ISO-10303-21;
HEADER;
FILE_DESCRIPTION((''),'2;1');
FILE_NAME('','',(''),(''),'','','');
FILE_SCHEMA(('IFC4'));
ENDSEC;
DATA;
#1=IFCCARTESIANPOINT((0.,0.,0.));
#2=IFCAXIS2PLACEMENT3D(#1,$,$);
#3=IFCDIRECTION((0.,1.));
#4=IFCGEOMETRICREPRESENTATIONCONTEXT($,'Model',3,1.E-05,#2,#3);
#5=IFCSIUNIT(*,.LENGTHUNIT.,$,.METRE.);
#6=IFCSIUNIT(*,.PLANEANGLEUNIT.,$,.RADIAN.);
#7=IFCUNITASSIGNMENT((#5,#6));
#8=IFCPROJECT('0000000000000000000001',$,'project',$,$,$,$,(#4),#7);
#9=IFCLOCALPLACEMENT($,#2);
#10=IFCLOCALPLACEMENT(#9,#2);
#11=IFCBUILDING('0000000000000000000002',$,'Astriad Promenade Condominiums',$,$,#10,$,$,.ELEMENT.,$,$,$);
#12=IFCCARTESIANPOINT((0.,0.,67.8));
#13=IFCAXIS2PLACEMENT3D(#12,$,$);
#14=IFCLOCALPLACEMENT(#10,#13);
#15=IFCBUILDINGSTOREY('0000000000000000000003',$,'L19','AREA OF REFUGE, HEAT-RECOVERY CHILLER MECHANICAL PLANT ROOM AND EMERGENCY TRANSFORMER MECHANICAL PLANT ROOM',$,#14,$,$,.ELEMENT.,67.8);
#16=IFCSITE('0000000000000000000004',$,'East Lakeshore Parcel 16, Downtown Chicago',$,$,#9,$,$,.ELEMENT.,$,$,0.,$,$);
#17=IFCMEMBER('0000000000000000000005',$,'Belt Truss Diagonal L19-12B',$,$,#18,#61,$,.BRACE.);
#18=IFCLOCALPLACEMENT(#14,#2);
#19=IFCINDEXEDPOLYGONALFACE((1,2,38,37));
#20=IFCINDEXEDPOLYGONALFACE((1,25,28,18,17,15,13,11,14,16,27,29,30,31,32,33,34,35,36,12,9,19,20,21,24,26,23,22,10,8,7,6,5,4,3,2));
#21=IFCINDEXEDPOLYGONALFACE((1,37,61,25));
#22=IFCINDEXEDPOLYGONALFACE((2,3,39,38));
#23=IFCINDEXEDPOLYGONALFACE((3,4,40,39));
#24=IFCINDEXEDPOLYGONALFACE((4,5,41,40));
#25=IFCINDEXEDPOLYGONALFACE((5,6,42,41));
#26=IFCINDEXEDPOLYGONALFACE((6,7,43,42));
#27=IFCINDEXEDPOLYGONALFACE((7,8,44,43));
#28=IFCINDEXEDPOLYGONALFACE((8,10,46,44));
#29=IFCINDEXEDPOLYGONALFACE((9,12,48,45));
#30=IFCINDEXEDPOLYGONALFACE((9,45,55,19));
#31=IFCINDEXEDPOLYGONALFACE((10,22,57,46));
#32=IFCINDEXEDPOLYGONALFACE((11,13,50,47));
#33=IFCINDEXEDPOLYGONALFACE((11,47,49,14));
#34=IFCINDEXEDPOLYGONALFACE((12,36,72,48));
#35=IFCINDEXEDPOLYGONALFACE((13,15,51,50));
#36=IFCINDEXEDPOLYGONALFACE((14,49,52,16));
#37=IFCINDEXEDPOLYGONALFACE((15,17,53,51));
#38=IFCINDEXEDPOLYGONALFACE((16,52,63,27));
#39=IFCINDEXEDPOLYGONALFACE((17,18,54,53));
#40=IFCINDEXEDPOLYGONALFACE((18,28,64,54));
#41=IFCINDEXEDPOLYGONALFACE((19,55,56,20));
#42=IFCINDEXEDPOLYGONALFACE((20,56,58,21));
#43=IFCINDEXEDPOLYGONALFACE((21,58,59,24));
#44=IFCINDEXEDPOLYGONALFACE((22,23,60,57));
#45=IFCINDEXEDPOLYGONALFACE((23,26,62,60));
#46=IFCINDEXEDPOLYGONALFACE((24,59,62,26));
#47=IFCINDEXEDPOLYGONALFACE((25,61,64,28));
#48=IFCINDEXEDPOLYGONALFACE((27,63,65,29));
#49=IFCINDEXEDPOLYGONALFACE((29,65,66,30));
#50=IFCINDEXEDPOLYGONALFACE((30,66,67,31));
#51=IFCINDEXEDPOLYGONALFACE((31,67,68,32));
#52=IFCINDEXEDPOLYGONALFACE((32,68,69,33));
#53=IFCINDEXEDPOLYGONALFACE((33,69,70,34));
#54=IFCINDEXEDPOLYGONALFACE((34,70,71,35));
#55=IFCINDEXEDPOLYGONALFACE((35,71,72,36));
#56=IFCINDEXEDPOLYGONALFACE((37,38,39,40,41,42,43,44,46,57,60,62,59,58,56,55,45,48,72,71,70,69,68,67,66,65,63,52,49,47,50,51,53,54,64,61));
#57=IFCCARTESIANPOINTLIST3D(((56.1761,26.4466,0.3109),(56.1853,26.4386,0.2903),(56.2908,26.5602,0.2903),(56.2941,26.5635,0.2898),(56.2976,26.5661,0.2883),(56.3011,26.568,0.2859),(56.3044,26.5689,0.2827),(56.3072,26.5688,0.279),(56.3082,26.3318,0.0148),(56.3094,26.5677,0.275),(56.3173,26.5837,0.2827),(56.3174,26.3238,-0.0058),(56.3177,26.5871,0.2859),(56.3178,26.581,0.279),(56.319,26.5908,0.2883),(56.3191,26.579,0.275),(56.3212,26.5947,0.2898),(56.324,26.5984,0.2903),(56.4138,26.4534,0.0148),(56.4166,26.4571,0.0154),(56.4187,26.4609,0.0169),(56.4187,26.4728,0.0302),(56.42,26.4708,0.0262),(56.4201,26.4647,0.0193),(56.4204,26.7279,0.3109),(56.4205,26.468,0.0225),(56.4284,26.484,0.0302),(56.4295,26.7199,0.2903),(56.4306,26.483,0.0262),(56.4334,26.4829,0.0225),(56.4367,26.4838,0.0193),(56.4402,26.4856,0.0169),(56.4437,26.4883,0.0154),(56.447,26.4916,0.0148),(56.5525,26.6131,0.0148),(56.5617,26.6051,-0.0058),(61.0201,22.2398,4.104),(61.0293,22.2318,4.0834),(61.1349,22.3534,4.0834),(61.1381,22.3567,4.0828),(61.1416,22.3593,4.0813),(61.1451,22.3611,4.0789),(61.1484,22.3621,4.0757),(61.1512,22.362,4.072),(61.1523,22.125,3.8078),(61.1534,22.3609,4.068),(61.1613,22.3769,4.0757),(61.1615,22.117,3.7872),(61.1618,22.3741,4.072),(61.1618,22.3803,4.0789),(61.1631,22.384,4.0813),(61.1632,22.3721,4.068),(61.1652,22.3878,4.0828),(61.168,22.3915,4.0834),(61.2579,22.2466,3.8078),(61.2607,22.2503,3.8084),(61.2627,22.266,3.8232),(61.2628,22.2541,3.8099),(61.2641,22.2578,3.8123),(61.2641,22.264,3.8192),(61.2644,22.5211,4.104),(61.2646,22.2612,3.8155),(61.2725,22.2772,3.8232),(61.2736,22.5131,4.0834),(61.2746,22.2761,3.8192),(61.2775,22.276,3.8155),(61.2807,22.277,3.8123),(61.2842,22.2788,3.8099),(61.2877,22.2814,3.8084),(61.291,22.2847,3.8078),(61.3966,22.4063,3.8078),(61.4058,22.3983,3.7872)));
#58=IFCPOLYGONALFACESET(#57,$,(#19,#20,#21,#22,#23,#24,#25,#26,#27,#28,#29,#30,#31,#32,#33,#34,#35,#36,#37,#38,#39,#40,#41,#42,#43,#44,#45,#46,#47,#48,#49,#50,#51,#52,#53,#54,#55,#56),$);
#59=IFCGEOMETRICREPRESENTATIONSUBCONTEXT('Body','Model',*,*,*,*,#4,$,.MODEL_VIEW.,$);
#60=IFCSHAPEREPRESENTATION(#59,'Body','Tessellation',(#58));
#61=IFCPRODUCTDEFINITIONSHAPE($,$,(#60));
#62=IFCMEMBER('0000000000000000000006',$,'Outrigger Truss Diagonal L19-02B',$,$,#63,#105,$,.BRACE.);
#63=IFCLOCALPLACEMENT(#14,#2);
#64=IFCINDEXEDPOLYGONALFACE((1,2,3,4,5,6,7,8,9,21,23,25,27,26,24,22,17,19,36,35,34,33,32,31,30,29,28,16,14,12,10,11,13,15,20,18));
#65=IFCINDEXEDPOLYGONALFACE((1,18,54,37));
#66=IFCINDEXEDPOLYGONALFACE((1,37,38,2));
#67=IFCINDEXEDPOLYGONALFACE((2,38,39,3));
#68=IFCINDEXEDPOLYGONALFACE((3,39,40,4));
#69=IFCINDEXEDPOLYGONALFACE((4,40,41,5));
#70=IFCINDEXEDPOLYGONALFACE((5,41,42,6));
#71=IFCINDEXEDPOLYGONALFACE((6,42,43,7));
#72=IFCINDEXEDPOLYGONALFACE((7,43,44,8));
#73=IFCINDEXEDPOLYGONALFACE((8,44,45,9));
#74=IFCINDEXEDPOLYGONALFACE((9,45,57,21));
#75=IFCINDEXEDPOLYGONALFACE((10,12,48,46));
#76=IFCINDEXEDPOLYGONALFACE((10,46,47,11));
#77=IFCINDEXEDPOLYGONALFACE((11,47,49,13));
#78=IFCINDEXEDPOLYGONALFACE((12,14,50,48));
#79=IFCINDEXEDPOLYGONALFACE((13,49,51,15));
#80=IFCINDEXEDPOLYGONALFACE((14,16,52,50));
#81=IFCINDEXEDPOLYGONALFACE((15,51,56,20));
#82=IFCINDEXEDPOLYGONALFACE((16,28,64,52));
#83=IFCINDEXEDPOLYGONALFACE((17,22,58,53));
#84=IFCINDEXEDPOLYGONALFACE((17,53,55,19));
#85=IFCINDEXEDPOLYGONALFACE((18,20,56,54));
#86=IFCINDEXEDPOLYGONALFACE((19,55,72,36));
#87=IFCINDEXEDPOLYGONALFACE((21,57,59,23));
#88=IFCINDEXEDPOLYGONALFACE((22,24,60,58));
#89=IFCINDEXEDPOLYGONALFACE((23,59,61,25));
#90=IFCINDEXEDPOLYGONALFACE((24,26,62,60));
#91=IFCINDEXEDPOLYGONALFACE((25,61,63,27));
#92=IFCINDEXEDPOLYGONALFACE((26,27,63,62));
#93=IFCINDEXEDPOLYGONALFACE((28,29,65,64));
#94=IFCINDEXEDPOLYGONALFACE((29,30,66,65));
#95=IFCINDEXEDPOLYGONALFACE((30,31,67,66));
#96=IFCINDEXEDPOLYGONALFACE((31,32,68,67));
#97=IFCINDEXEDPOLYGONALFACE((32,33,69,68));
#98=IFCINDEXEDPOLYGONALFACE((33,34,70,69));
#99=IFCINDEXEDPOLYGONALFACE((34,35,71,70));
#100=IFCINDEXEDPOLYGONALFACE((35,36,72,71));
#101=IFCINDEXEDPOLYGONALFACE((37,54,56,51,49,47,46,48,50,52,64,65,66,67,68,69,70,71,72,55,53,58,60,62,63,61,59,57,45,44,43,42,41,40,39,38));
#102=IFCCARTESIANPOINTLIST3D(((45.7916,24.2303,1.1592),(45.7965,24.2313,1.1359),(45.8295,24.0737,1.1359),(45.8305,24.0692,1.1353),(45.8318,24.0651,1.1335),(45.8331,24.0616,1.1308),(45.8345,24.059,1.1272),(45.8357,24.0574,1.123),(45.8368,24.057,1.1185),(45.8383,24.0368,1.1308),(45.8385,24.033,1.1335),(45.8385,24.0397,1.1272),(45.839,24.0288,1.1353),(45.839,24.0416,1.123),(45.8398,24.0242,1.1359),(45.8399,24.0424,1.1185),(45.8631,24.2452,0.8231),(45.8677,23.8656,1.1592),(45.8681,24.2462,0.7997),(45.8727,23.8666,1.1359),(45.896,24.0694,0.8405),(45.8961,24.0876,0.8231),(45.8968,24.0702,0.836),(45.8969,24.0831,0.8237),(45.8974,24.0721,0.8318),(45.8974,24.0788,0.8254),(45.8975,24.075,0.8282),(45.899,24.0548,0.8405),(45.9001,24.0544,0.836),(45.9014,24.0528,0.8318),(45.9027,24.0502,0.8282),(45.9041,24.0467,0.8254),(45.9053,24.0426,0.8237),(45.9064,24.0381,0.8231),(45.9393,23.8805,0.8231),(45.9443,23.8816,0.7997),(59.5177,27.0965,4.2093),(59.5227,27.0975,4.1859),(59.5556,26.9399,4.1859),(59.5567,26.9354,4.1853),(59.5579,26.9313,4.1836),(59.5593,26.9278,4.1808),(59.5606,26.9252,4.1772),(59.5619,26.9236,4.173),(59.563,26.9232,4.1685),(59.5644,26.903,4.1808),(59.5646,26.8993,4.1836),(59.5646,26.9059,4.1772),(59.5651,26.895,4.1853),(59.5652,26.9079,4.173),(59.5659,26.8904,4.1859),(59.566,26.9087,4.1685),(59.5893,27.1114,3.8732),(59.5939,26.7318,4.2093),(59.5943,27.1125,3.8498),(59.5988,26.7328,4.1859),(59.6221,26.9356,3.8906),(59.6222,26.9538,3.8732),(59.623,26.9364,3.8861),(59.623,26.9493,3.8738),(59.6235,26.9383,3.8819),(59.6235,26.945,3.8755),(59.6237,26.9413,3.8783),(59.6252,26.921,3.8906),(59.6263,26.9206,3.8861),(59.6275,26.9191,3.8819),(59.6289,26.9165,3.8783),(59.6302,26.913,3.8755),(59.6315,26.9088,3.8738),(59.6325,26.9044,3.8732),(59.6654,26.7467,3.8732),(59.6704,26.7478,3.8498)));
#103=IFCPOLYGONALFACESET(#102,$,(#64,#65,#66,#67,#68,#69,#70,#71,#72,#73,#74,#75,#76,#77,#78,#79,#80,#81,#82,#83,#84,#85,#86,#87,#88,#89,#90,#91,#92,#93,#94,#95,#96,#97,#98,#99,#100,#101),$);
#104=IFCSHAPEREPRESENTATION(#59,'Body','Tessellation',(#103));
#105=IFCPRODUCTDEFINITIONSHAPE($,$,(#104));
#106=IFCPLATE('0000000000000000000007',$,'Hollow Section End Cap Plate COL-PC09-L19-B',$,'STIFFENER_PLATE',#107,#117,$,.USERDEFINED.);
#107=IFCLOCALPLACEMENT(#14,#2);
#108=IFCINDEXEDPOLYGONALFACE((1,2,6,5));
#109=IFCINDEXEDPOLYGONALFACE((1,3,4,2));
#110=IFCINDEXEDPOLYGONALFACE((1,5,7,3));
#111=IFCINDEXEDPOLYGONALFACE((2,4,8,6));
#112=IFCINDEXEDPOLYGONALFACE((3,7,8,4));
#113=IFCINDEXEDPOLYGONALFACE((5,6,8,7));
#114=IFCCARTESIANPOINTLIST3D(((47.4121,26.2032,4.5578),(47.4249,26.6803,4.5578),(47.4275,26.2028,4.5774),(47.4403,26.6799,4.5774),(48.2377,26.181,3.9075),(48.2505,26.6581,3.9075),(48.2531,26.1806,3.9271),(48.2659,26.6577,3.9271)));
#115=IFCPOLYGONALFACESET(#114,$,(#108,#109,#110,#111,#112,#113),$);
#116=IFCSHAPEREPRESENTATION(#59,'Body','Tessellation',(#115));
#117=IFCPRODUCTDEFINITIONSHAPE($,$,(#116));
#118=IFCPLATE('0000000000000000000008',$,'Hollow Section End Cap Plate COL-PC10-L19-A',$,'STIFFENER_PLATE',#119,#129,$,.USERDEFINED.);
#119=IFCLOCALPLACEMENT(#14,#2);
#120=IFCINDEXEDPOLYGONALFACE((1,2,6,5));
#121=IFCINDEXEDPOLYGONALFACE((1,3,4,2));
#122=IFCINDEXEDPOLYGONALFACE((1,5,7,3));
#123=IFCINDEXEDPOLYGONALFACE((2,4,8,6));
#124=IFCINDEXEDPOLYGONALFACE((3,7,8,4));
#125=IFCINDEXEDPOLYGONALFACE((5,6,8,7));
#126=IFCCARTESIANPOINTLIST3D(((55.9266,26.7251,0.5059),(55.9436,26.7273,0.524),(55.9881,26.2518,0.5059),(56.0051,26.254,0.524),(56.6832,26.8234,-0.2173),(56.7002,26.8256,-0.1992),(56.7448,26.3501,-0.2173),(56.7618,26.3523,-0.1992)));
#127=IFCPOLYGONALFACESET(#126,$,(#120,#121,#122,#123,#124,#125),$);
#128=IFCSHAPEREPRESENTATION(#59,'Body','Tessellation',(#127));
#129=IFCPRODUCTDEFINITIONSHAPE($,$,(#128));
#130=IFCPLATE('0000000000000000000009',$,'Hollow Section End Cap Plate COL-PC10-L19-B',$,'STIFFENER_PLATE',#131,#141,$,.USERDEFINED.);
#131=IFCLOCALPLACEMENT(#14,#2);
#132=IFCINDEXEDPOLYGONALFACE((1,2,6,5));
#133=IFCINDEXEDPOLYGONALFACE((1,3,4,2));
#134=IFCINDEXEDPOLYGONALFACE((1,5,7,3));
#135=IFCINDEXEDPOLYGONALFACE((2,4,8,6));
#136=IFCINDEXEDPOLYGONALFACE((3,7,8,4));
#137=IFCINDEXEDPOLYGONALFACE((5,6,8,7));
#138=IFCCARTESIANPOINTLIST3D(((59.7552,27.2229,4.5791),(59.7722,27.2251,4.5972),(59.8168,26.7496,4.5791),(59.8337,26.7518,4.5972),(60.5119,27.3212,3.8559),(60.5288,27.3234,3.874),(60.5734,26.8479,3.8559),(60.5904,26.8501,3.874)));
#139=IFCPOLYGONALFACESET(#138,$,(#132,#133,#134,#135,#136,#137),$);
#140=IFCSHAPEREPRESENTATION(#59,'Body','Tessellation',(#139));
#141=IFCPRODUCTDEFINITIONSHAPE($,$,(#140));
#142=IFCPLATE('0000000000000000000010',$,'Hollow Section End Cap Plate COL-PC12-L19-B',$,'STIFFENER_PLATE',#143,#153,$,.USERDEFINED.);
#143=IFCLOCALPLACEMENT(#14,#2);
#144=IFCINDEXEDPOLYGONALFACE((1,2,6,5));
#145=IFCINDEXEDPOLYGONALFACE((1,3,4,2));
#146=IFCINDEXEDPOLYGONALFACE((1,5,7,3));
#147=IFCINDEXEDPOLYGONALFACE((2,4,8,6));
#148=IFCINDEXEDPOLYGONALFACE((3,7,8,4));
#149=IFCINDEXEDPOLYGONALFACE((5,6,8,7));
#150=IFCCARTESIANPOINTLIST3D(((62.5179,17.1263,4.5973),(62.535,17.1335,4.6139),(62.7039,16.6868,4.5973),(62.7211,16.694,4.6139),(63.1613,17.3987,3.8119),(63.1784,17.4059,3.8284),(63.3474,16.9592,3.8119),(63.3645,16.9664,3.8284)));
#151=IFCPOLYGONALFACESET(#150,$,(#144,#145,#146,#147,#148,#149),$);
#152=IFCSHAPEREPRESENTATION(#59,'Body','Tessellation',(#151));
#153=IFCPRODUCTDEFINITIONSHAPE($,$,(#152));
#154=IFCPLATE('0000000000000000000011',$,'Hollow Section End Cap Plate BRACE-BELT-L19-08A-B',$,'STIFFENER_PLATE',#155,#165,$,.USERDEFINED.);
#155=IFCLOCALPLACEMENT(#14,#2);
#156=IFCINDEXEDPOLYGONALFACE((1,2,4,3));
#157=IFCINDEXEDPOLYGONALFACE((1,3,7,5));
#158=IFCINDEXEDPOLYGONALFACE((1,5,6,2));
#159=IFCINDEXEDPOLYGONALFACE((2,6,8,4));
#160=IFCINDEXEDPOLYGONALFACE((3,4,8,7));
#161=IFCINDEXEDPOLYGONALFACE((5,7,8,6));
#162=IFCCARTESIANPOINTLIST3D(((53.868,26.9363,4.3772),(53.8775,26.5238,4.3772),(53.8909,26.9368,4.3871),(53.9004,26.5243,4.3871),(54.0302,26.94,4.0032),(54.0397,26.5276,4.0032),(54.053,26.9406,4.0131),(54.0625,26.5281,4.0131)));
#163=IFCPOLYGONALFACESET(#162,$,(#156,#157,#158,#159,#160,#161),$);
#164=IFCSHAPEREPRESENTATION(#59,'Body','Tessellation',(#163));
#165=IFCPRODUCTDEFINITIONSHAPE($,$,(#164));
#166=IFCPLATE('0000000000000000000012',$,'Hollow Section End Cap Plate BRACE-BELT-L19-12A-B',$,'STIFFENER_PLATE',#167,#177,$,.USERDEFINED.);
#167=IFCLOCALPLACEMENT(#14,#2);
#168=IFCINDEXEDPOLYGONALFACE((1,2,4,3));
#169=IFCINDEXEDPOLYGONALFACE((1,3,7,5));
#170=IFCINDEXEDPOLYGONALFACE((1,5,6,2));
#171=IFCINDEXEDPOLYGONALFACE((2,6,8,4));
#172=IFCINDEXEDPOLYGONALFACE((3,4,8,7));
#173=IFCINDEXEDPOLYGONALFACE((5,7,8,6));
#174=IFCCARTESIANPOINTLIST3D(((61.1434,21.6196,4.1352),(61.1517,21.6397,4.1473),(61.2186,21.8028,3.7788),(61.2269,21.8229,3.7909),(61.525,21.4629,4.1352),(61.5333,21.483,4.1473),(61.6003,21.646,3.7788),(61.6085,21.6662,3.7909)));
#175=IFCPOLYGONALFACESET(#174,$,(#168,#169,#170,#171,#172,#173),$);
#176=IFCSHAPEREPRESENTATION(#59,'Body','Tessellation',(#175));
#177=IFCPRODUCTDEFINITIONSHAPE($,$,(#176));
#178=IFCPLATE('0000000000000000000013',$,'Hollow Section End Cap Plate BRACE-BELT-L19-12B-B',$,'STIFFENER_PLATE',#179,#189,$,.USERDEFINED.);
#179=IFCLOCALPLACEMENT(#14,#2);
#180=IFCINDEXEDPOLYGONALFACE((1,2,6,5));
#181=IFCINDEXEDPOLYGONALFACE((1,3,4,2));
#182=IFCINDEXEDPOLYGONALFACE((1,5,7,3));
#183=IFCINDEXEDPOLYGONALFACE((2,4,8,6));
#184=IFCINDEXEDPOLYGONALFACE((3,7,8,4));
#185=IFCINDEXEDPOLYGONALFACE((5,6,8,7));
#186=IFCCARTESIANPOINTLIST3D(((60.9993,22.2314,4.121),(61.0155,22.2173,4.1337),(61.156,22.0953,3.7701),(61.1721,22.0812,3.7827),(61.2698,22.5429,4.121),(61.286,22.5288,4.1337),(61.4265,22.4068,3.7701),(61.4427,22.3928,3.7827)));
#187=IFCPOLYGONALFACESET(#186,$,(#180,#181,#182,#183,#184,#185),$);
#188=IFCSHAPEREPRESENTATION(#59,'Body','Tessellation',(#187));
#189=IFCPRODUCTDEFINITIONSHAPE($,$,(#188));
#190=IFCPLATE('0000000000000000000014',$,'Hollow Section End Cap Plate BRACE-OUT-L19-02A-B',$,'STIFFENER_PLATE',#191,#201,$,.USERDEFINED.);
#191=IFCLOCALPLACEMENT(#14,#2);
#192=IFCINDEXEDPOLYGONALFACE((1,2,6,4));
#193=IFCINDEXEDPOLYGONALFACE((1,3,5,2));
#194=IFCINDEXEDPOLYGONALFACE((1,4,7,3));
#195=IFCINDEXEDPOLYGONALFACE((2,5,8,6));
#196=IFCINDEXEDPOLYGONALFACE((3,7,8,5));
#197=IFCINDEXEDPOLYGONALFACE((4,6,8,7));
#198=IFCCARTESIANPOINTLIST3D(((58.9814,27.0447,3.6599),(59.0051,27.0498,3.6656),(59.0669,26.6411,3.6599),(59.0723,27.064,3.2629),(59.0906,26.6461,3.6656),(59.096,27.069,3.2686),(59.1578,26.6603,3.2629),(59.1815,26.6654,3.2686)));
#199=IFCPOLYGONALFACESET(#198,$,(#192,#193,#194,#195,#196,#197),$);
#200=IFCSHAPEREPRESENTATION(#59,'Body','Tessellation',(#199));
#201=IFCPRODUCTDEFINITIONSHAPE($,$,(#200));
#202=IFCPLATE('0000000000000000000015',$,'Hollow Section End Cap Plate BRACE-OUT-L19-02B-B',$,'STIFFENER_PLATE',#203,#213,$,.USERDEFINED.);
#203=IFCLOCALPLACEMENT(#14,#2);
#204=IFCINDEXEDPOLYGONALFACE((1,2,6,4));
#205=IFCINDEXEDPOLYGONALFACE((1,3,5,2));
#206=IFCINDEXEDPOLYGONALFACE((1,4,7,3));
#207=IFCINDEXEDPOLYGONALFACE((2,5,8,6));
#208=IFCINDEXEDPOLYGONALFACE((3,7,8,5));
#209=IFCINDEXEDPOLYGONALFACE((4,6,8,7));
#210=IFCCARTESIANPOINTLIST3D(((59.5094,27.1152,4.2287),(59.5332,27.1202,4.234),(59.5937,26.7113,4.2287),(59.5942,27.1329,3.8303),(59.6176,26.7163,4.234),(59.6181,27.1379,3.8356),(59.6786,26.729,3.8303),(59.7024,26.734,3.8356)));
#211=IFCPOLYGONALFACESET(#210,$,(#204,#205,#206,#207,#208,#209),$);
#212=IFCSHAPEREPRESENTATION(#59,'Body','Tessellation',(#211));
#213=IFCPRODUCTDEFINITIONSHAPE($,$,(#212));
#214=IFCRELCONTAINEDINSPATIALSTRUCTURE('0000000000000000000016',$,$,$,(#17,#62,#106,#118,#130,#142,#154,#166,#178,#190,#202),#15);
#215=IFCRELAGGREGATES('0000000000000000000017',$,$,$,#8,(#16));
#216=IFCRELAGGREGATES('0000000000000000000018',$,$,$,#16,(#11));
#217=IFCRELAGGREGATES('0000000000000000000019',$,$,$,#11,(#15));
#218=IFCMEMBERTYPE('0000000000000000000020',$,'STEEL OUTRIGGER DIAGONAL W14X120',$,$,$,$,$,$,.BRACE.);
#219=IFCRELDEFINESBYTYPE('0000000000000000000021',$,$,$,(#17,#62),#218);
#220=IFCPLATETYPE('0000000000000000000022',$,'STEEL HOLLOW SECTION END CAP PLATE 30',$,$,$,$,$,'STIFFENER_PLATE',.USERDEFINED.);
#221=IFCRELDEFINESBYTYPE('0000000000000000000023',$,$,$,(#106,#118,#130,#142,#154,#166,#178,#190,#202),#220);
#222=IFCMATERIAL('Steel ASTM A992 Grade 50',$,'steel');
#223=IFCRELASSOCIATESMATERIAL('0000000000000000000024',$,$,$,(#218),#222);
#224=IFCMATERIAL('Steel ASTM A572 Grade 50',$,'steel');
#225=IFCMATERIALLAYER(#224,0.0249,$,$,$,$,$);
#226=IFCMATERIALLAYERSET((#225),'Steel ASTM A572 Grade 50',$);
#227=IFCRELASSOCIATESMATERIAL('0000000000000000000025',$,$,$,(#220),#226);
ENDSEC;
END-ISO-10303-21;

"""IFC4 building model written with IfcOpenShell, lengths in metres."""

from ifc_helpers import new_model, si_unit, direction, frame, origin, origin_2d, place, context, subcontext, project, spatial, rectangle, i_section, extrude, source, transform, mapped, material, layer, layer_set, material_profile, profile_set, type_object, type_shapes, element, save


model = new_model("IFC4")

# Units and contexts
model_context = context("Model", 3, precision=1e-05, world=origin(), true_north=direction((0.0, 1.0)))
body_context = subcontext(model_context, "Body", "Model", "MODEL_VIEW")
ifc_project = project(units=[si_unit("LENGTHUNIT", "METRE"), si_unit("PLANEANGLEUNIT", "RADIAN")], contexts=[model_context])

# Site, building, storey
site_placement = place(None, origin())
site = spatial("IfcSite", under=ifc_project, at=site_placement, Name="East Lakeshore Parcel 16, Downtown Chicago", CompositionType="ELEMENT", RefElevation=0.0)
building_placement = place(site_placement, origin())
building = spatial("IfcBuilding", under=site, at=building_placement, Name="Astriad Promenade Condominiums", CompositionType="ELEMENT")
storey_placement = place(building_placement, frame((0.0, 0.0, 67.8)))
storey = spatial("IfcBuildingStorey", under=building, at=storey_placement, Name="L19", Description="AREA OF REFUGE, HEAT-RECOVERY CHILLER MECHANICAL PLANT ROOM AND EMERGENCY TRANSFORMER MECHANICAL PLANT ROOM", CompositionType="ELEMENT", Elevation=67.8)

# Shared definitions
ifc_material_1 = material(Name="Steel ASTM A992 Grade 50", Category="steel")

# Members
ifc_material_profile_1 = material_profile(ifc_material_1, i_section(OverallWidth=0.3726, OverallDepth=0.3679, WebThickness=0.0149, FlangeThickness=0.0239, FilletRadius=0.0178, at=origin_2d()), Name="W14X120")
ifc_profile_set_1 = profile_set([ifc_material_profile_1], Name="Steel ASTM A992 Grade 50")
member_type_1 = type_object("IfcMemberType", Name="STEEL OUTRIGGER DIAGONAL W14X120", PredefinedType="BRACE", material=ifc_profile_set_1)
shared_shape_1 = source(origin(), body_context, "Body", "SweptSolid", [
    extrude(i_section(OverallWidth=0.3726, OverallDepth=0.3679, WebThickness=0.0149, FlangeThickness=0.0239, FilletRadius=0.0178, at=origin_2d()), origin(), (0.0, 0.0, 1.0), 7.4531),
])
member_1_placement = place(storey_placement, frame((56.3689, 26.5259, 0.1526), z_axis=(0.649935, -0.564438, 0.508915), x_axis=(0.655701, 0.755021, 0.0)))
element("IfcMember", 1, at=member_1_placement, inside=storey, type_object=member_type_1, Name="Belt Truss Diagonal L19-12B", PredefinedType="BRACE", context=body_context, shape_type="MappedRepresentation", body=[
    mapped(shared_shape_1, transform((0.0, 0.0, 0.0), scale=1.0)),
])
shared_shape_2 = source(origin(), body_context, "Body", "SweptSolid", [
    extrude(i_section(OverallWidth=0.3726, OverallDepth=0.3679, WebThickness=0.0149, FlangeThickness=0.0239, FilletRadius=0.0178, at=origin_2d()), origin(), (0.0, 0.0, 1.0), 14.3501),
])
member_2_placement = place(storey_placement, frame((45.8679, 24.0559, 0.9795), z_axis=(0.95652, 0.199736, 0.212547), x_axis=(-0.204406, 0.978886, 0.0)))
element("IfcMember", 2, at=member_2_placement, inside=storey, type_object=member_type_1, Name="Outrigger Truss Diagonal L19-02B", PredefinedType="BRACE", context=body_context, shape_type="MappedRepresentation", body=[
    mapped(shared_shape_2, transform((0.0, 0.0, 0.0), scale=1.0)),
])

# Plates
ifc_material_2 = material(Name="Steel ASTM A572 Grade 50", Category="steel")
ifc_layer_1 = layer(ifc_material_2, 0.0249)
ifc_layer_set_1 = layer_set([ifc_layer_1], Name="Steel ASTM A572 Grade 50")
plate_type_1 = type_object("IfcPlateType", Name="STEEL HOLLOW SECTION END CAP PLATE 30", ElementType="STIFFENER_PLATE", PredefinedType="USERDEFINED", material=ifc_layer_set_1)
shared_shape_3 = source(origin(), body_context, "Body", "SweptSolid", [
    extrude(rectangle(XDim=0.4773, YDim=1.0513, at=origin_2d()), origin(), (0.0, 0.0, 1.0), 0.0249),
])
for number, where, z_axis, x_axis, name in (
    (3, (47.8313, 26.4307, 4.2327), (0.618383, -0.016597, 0.785701), (0.02683, 0.99964, 0.0), "Hollow Section End Cap Plate COL-PC09-L19-B"),
    (4, (56.3357, 26.5376, 0.1443), (0.682184, 0.088682, 0.725783), (-0.128913, 0.991656, 0.0), "Hollow Section End Cap Plate COL-PC10-L19-A"),
    (5, (60.1643, 27.0354, 4.2175), (0.682184, 0.088682, 0.725783), (-0.128913, 0.991656, 0.0), "Hollow Section End Cap Plate COL-PC10-L19-B"),
    (6, (62.9326, 17.0427, 4.2046), (0.688036, 0.291298, 0.664645), (-0.389873, 0.920868, 0.0), "Hollow Section End Cap Plate COL-PC12-L19-B"),
):
    element("IfcPlate", number, at=place(storey_placement, frame(where, z_axis=z_axis, x_axis=x_axis)), inside=storey, type_object=plate_type_1, Name=name, ObjectType="STIFFENER_PLATE", PredefinedType="USERDEFINED", context=body_context, shape_type="MappedRepresentation", body=[
        mapped(shared_shape_3, transform((0.0, 0.0, 0.0), scale=1.0)),
    ])
shared_shape_4 = source(origin(), body_context, "Body", "SweptSolid", [
    extrude(rectangle(XDim=0.4126, YDim=0.4077, at=origin_2d()), origin(), (0.0, 0.0, 1.0), 0.0249),
])
type_shapes(plate_type_1, [shared_shape_3, shared_shape_4])
for number, where, z_axis, x_axis, name in (
    (7, (53.9539, 26.7319, 4.1902), (0.917218, 0.021111, 0.397826), (-0.023011, 0.999735, 0.0), "Hollow Section End Cap Plate BRACE-BELT-L19-08A-B"),
    (8, (61.3718, 21.6328, 3.957), (0.332083, 0.80862, 0.485649), (-0.925031, 0.379891, 0.0), "Hollow Section End Cap Plate BRACE-BELT-L19-12A-B"),
    (9, (61.2129, 22.3191, 3.9456), (0.649944, -0.564432, 0.50891), (0.655692, 0.755029, 0.0), "Hollow Section End Cap Plate BRACE-BELT-L19-12B-B"),
    (10, (59.0696, 26.8525, 3.4614), (0.952575, 0.201734, 0.227823), (-0.207183, 0.978302, 0.0), "Hollow Section End Cap Plate BRACE-OUT-L19-02A-B"),
    (11, (59.594, 26.9221, 4.0295), (0.956522, 0.199727, 0.212542), (-0.204397, 0.978888, 0.0), "Hollow Section End Cap Plate BRACE-OUT-L19-02B-B"),
):
    element("IfcPlate", number, at=place(storey_placement, frame(where, z_axis=z_axis, x_axis=x_axis)), inside=storey, type_object=plate_type_1, Name=name, ObjectType="STIFFENER_PLATE", PredefinedType="USERDEFINED", context=body_context, shape_type="MappedRepresentation", body=[
        mapped(shared_shape_4, transform((0.0, 0.0, 0.0), scale=1.0)),
    ])

save(model, "model.ifc")
